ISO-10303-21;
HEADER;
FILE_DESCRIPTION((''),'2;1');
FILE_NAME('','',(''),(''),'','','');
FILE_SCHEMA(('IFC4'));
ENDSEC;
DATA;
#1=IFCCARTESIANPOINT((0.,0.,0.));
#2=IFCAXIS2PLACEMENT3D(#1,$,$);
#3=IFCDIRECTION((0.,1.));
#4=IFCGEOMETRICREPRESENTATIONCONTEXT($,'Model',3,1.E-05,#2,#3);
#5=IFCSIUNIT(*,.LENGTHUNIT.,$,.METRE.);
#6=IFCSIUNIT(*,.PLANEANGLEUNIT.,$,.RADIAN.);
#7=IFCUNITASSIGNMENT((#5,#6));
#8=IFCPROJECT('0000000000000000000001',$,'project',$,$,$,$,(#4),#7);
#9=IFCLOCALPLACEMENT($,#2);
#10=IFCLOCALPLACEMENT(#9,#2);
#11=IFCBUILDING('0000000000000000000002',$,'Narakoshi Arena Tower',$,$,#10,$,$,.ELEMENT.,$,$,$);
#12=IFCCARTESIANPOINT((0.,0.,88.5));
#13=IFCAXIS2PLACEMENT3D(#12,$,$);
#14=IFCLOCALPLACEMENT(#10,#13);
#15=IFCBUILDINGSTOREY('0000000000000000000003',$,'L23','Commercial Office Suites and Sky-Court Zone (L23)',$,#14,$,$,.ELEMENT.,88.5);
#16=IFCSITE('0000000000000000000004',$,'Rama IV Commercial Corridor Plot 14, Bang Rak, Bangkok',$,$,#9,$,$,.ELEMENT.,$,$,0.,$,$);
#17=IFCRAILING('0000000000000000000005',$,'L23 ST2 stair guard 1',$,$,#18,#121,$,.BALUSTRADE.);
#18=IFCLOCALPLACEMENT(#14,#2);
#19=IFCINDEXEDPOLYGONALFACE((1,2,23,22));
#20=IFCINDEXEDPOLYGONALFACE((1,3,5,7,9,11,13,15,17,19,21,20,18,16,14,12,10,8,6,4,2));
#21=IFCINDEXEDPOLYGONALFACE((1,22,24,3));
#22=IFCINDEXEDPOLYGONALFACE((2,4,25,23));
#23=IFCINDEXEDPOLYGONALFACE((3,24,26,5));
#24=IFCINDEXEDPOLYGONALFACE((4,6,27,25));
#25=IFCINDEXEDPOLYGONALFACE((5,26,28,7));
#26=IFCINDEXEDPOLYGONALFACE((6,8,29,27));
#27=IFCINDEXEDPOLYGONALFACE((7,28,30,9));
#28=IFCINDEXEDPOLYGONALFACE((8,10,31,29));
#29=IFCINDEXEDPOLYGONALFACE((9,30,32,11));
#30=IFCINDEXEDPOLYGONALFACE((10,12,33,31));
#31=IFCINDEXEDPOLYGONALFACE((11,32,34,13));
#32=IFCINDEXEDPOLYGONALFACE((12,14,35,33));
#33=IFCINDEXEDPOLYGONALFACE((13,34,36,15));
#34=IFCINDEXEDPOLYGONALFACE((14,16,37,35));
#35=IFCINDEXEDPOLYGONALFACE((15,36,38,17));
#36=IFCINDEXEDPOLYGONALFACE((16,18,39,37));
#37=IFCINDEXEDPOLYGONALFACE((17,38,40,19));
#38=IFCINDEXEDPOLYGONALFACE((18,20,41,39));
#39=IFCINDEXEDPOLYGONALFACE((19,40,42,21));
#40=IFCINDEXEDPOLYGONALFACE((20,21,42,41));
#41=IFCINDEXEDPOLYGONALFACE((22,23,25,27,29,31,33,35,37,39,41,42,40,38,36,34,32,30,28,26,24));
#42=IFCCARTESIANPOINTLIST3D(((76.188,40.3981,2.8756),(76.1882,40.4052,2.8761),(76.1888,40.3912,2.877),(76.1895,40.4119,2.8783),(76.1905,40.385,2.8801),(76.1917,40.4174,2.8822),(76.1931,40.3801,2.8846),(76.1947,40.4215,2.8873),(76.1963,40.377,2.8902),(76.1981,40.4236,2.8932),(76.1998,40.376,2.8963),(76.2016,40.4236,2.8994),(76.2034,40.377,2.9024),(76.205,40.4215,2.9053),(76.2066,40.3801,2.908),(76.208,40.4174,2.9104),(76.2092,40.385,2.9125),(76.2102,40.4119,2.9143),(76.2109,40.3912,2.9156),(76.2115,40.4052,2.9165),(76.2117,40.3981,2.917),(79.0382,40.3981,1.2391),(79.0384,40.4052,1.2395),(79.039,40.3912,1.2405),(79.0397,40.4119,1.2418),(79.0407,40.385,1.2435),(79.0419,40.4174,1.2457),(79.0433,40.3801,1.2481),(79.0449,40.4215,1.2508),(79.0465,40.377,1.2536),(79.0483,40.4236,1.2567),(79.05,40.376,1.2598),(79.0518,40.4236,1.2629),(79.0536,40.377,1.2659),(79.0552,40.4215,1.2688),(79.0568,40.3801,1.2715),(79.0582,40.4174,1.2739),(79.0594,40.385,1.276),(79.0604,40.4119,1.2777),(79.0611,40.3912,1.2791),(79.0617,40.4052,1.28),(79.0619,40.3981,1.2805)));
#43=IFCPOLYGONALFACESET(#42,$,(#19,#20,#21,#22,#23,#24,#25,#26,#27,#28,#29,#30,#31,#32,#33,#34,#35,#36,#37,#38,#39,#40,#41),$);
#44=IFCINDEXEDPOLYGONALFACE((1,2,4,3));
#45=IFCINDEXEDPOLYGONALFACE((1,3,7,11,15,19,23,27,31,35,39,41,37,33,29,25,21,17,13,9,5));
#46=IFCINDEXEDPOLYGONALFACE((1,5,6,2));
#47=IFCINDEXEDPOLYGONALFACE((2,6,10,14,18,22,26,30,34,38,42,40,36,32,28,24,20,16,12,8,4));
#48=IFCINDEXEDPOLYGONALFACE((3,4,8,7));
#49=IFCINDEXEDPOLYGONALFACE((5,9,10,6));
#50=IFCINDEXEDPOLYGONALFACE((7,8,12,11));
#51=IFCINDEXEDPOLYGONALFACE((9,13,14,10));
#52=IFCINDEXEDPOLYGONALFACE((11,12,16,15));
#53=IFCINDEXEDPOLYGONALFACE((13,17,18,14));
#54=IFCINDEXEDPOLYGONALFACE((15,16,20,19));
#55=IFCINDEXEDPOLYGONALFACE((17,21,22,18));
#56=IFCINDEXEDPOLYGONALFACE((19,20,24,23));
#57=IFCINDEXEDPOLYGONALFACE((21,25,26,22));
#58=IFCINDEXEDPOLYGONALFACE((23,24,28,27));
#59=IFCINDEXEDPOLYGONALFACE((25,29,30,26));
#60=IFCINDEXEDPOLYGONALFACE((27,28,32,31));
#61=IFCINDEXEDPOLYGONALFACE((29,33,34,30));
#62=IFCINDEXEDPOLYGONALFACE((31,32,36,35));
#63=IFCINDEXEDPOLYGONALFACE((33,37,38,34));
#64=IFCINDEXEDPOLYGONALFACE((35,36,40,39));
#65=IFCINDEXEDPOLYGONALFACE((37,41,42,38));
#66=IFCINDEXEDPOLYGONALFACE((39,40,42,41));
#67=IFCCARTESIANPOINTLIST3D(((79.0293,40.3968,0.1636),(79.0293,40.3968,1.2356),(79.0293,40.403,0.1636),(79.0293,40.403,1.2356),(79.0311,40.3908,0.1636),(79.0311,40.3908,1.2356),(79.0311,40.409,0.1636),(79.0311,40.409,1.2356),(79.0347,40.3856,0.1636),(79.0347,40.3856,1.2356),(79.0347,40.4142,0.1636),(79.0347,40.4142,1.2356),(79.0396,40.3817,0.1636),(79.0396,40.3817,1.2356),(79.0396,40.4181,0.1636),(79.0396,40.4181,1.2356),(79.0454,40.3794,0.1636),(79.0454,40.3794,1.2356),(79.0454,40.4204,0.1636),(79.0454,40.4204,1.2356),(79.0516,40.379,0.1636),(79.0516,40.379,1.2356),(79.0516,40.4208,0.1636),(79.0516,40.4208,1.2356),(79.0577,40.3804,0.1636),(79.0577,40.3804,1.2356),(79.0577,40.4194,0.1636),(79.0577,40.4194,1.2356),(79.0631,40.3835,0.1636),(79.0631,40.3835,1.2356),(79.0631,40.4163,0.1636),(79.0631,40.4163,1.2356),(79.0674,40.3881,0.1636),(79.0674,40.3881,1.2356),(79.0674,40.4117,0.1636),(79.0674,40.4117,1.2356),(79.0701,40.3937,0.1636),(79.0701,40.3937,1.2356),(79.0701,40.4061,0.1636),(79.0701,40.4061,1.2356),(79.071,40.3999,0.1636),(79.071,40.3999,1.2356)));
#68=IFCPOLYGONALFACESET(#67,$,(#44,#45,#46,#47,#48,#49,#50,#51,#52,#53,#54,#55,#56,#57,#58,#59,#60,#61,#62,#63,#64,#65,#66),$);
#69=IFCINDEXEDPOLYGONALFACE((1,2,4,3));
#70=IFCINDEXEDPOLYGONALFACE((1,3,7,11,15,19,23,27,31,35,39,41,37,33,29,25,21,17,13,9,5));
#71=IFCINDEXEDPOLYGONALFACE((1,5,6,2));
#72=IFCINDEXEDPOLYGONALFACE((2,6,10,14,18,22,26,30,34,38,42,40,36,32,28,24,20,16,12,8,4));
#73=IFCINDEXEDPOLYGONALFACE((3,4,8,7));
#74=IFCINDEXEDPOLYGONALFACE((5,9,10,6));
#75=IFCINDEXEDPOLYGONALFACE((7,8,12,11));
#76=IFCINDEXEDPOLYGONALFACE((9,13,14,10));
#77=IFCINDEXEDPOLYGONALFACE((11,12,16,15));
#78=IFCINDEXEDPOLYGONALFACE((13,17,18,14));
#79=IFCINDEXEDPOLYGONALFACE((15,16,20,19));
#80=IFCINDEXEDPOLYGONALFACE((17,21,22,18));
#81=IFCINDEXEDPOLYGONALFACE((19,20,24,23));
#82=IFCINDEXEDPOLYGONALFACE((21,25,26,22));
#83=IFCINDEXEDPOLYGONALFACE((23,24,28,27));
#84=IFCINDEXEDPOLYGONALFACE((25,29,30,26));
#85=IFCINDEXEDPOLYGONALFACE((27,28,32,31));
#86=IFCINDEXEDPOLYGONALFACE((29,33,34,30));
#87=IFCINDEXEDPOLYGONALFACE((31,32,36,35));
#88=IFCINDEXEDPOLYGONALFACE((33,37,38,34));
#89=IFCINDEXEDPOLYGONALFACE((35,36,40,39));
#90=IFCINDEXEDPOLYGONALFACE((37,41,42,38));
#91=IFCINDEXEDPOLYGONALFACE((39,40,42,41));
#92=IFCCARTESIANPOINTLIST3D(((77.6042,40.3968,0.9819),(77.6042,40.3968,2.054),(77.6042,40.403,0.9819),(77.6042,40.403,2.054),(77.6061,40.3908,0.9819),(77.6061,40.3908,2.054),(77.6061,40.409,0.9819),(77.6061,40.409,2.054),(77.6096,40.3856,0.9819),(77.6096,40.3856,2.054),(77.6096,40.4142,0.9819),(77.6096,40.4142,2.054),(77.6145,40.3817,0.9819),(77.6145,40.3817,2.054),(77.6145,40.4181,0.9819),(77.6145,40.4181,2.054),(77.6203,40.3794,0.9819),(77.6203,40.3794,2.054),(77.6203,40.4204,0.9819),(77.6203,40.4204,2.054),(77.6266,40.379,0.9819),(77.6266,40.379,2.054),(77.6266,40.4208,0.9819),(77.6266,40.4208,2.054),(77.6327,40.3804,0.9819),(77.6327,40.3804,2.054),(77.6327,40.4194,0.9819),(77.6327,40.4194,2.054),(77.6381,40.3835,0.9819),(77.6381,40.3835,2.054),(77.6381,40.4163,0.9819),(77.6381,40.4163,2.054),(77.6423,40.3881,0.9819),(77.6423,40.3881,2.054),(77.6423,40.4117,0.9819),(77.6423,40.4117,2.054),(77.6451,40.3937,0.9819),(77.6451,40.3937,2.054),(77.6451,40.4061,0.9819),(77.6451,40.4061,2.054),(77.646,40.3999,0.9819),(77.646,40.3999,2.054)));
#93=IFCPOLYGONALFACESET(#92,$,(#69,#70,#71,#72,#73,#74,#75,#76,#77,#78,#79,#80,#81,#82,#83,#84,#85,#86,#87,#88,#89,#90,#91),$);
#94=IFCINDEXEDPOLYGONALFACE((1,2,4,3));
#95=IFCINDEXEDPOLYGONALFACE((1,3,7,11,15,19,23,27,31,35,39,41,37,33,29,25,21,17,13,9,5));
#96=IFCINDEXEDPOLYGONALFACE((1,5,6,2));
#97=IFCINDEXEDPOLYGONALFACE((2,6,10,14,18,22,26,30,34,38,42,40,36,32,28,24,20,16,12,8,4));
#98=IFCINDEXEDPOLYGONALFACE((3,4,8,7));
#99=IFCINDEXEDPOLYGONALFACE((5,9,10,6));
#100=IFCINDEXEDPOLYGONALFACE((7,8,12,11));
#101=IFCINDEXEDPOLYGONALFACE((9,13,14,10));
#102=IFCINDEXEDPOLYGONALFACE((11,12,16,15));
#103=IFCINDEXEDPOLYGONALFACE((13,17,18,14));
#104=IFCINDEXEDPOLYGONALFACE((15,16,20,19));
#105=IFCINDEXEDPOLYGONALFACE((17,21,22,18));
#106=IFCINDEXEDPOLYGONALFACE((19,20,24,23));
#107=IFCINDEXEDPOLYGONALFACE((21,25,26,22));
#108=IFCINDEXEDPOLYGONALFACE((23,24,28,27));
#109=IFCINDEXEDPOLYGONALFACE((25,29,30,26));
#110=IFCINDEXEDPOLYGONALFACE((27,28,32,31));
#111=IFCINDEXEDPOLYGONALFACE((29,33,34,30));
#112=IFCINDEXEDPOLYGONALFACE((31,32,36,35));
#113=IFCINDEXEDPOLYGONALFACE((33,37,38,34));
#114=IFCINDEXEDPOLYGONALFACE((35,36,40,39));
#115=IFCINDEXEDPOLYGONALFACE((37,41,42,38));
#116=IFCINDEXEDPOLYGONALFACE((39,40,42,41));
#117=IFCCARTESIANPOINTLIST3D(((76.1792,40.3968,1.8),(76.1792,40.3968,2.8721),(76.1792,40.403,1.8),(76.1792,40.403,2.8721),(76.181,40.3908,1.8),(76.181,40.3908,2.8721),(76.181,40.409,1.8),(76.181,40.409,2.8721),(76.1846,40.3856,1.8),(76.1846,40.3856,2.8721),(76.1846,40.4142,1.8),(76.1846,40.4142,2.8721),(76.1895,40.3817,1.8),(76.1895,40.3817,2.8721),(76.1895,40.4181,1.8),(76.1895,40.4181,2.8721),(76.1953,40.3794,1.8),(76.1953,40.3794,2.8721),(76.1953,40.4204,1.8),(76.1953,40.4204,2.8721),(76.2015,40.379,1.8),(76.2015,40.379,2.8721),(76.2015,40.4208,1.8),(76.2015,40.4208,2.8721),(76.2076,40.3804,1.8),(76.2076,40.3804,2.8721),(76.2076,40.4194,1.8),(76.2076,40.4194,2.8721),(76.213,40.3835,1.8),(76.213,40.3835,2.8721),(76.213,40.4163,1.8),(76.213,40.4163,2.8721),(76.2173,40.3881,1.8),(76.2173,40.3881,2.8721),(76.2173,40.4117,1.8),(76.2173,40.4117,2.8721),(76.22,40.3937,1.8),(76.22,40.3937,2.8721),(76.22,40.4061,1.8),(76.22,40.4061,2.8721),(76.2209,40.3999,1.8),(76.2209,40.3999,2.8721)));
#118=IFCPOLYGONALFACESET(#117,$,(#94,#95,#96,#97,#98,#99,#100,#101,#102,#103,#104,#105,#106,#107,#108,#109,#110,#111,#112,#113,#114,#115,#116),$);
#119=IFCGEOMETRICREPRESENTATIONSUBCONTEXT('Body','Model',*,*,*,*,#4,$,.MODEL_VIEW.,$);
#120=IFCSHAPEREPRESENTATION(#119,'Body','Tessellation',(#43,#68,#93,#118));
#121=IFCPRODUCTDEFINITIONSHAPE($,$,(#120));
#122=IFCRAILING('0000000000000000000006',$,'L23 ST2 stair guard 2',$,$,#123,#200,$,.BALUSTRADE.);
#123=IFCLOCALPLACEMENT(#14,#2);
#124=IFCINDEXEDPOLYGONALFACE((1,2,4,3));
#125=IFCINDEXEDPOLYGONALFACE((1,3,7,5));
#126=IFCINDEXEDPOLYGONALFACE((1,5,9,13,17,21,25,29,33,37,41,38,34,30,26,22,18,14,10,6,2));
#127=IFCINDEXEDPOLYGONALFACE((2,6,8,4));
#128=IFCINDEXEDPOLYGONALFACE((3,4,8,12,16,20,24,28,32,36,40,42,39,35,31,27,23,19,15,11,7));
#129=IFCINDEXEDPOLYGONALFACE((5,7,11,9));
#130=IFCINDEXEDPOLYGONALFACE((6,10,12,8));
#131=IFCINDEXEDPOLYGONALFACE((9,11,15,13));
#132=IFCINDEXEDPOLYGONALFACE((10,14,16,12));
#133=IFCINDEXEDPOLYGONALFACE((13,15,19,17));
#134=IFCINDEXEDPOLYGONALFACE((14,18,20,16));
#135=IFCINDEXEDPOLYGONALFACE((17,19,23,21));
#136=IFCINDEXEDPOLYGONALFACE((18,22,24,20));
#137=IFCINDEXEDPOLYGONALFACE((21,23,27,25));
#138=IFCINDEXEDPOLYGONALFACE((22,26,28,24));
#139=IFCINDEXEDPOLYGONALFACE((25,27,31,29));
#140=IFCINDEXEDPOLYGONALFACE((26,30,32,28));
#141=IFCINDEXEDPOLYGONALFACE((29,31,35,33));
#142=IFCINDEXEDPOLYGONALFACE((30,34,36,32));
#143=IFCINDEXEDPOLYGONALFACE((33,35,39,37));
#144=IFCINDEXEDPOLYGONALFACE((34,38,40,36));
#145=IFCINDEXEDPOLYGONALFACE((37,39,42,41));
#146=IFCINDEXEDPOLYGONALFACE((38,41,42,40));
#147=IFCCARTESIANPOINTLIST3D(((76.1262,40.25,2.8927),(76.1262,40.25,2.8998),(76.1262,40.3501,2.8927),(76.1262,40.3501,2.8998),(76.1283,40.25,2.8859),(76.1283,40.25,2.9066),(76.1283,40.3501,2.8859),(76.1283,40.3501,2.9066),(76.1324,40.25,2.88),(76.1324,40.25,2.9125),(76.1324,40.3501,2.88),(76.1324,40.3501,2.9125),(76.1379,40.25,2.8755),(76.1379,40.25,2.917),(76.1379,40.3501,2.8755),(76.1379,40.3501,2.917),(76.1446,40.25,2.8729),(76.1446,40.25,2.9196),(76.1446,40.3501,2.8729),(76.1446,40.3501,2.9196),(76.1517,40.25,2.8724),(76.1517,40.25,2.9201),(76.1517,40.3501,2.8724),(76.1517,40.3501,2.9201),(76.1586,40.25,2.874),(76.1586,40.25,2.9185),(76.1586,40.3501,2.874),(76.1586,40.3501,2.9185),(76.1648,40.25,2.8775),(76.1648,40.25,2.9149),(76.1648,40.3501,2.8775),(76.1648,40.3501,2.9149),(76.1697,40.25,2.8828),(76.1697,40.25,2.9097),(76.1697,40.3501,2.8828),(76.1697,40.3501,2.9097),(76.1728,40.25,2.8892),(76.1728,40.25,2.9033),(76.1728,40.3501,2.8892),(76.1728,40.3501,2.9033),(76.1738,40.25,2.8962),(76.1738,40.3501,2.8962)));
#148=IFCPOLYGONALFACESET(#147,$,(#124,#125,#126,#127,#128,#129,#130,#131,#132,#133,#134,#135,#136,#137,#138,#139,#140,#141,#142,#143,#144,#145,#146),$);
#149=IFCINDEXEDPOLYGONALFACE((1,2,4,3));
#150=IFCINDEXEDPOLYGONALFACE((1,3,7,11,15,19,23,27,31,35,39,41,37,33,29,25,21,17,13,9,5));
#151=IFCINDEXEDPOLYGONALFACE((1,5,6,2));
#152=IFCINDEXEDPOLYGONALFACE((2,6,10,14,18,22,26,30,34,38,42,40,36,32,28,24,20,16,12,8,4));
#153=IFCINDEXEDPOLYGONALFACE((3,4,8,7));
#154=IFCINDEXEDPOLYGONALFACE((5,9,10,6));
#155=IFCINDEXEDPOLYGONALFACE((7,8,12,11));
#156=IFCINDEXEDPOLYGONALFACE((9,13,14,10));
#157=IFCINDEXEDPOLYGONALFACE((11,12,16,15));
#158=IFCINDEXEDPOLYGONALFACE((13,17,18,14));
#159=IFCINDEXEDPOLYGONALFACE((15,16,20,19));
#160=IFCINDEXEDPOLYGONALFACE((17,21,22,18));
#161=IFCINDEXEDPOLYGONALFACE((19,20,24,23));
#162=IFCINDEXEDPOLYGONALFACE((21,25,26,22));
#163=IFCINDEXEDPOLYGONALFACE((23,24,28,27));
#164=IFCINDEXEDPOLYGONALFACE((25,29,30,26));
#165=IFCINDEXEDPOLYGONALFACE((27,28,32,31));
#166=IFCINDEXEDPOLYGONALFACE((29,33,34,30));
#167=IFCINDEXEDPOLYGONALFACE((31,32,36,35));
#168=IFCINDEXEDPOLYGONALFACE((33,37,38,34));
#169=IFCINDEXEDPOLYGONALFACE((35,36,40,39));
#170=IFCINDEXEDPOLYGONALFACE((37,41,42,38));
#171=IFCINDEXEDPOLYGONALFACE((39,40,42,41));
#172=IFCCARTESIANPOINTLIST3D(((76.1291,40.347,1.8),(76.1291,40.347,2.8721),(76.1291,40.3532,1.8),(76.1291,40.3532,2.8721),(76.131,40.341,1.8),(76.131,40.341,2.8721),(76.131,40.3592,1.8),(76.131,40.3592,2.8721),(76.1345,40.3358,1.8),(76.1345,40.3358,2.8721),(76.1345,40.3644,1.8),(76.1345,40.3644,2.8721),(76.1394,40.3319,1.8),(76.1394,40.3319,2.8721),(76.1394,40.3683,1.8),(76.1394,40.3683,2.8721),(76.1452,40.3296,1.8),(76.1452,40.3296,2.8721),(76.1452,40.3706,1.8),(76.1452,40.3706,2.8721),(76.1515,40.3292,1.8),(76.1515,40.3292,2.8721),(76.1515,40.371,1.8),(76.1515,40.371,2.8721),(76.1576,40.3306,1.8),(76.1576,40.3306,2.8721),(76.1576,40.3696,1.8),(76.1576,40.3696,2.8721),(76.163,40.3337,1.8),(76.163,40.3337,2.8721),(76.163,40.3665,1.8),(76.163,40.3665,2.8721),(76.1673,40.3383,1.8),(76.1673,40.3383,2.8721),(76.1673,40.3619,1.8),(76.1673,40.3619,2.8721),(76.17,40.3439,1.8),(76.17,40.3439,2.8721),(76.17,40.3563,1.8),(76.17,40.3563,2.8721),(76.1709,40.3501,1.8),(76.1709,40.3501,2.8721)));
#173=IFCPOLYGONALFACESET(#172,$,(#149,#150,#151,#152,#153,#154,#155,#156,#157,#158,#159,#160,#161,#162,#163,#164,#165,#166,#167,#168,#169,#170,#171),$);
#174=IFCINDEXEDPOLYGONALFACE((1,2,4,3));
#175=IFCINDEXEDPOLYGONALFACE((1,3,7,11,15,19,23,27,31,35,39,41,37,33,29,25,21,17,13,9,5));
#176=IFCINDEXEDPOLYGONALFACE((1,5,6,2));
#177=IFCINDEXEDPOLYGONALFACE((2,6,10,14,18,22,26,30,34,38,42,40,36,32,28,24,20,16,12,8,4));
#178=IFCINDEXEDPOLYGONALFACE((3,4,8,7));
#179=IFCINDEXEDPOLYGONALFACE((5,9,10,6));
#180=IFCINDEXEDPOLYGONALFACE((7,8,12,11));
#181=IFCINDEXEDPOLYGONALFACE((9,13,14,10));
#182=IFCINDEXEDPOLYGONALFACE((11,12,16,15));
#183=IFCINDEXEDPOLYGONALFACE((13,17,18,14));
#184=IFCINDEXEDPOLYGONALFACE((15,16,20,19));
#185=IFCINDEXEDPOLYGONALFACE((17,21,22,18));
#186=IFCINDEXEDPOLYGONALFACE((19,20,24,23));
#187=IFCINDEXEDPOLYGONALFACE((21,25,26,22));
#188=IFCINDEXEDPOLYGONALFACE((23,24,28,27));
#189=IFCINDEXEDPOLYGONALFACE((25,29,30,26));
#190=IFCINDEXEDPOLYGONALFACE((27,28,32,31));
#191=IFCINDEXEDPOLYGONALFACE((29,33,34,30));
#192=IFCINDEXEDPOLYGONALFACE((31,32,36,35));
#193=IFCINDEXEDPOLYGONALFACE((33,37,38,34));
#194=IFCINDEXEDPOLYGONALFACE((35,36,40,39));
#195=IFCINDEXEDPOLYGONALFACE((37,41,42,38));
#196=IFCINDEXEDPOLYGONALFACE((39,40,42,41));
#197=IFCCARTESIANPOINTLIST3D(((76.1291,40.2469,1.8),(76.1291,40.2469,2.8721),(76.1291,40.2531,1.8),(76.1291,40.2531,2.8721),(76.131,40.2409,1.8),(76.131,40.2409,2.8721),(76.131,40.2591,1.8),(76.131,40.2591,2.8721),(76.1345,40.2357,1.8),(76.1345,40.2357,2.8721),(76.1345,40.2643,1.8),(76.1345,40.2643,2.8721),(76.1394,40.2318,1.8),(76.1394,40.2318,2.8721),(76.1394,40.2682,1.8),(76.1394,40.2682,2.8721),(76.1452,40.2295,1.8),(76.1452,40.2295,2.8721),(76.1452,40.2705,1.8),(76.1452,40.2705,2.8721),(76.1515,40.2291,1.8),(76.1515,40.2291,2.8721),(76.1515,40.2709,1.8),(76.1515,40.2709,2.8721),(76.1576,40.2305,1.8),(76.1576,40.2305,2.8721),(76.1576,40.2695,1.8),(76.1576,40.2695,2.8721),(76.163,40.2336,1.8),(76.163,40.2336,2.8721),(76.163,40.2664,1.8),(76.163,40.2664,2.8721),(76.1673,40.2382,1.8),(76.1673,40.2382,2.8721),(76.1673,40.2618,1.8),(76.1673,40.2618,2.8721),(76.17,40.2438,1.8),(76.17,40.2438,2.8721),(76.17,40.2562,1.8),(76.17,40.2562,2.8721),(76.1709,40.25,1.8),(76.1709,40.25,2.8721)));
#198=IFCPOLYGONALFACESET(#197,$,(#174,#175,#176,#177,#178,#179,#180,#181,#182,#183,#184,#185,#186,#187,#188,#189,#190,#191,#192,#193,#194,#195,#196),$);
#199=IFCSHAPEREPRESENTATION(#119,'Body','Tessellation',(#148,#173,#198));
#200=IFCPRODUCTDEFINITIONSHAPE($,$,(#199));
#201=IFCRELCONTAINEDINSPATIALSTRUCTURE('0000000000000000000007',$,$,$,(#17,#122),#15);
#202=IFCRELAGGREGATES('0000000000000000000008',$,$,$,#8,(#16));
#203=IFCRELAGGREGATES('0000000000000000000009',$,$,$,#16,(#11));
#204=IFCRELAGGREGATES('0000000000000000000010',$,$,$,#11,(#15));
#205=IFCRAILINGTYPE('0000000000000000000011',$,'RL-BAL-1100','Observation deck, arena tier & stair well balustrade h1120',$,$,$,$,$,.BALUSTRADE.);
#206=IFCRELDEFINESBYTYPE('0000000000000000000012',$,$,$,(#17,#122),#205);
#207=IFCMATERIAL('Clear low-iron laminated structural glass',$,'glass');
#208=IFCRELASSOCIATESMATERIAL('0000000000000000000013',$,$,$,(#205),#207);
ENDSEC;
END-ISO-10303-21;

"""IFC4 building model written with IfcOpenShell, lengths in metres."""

from ifc_helpers import new_model, si_unit, direction, frame, origin, origin_2d, place, context, subcontext, project, spatial, circle, extrude, material, type_object, element, save


model = new_model("IFC4")

# Units and contexts
model_context = context("Model", 3, precision=1e-05, world=origin(), true_north=direction((0.0, 1.0)))
body_context = subcontext(model_context, "Body", "Model", "MODEL_VIEW")
ifc_project = project(units=[si_unit("LENGTHUNIT", "METRE"), si_unit("PLANEANGLEUNIT", "RADIAN")], contexts=[model_context])

# Site, building, storey
site_placement = place(None, origin())
site = spatial("IfcSite", under=ifc_project, at=site_placement, Name="Rama IV Commercial Corridor Plot 14, Bang Rak, Bangkok", CompositionType="ELEMENT", RefElevation=0.0)
building_placement = place(site_placement, origin())
building = spatial("IfcBuilding", under=site, at=building_placement, Name="Narakoshi Arena Tower", CompositionType="ELEMENT")
storey_placement = place(building_placement, frame((0.0, 0.0, 88.5)))
storey = spatial("IfcBuildingStorey", under=building, at=storey_placement, Name="L23", Description="Commercial Office Suites and Sky-Court Zone (L23)", CompositionType="ELEMENT", Elevation=88.5)

# Railings
ifc_material_1 = material(Name="Clear low-iron laminated structural glass", Category="glass")
railing_type_1 = type_object("IfcRailingType", Name="RL-BAL-1100", Description="Observation deck, arena tier & stair well balustrade h1120", PredefinedType="BALUSTRADE", material=ifc_material_1)
railing_1_placement = place(storey_placement, frame((79.05, 40.3999, 0.1636)))
element("IfcRailing", 1, at=railing_1_placement, inside=storey, type_object=railing_type_1, Name="L23 ST2 stair guard 1", PredefinedType="BALUSTRADE", context=body_context, shape_type="SweptSolid", body=[
    extrude(circle(Radius=0.0239, at=origin_2d()), frame((0.0, 0.0, 1.0962), z_axis=(-0.867213, 0.0, 0.497938), x_axis=(0.0, -1.0, 0.0)), (0.0, 0.0, 1.0), 3.2866),
    extrude(circle(Radius=0.021, at=origin_2d()), origin(), (0.0, 0.0, 1.0), 1.072),
    extrude(circle(Radius=0.021, at=origin_2d()), frame((-1.425, 0.0, 0.8184)), (0.0, 0.0, 1.0), 1.072),
    extrude(circle(Radius=0.021, at=origin_2d()), frame((-2.8501, 0.0, 1.6365)), (0.0, 0.0, 1.0), 1.072),
])
railing_2_placement = place(storey_placement, frame((76.1499, 40.3501, 1.8)))
element("IfcRailing", 2, at=railing_2_placement, inside=storey, type_object=railing_type_1, Name="L23 ST2 stair guard 2", PredefinedType="BALUSTRADE", context=body_context, shape_type="SweptSolid", body=[
    extrude(circle(Radius=0.0239, at=origin_2d()), frame((0.0, 0.0, 1.0962), z_axis=(0.0, -1.0, 0.0), x_axis=(1.0, 0.0, 0.0)), (0.0, 0.0, 1.0), 0.1001),
    extrude(circle(Radius=0.021, at=origin_2d()), origin(), (0.0, 0.0, 1.0), 1.072),
    extrude(circle(Radius=0.021, at=origin_2d()), frame((0.0, -0.1001, 0.0)), (0.0, 0.0, 1.0), 1.072),
])

save(model, "model.ifc")
